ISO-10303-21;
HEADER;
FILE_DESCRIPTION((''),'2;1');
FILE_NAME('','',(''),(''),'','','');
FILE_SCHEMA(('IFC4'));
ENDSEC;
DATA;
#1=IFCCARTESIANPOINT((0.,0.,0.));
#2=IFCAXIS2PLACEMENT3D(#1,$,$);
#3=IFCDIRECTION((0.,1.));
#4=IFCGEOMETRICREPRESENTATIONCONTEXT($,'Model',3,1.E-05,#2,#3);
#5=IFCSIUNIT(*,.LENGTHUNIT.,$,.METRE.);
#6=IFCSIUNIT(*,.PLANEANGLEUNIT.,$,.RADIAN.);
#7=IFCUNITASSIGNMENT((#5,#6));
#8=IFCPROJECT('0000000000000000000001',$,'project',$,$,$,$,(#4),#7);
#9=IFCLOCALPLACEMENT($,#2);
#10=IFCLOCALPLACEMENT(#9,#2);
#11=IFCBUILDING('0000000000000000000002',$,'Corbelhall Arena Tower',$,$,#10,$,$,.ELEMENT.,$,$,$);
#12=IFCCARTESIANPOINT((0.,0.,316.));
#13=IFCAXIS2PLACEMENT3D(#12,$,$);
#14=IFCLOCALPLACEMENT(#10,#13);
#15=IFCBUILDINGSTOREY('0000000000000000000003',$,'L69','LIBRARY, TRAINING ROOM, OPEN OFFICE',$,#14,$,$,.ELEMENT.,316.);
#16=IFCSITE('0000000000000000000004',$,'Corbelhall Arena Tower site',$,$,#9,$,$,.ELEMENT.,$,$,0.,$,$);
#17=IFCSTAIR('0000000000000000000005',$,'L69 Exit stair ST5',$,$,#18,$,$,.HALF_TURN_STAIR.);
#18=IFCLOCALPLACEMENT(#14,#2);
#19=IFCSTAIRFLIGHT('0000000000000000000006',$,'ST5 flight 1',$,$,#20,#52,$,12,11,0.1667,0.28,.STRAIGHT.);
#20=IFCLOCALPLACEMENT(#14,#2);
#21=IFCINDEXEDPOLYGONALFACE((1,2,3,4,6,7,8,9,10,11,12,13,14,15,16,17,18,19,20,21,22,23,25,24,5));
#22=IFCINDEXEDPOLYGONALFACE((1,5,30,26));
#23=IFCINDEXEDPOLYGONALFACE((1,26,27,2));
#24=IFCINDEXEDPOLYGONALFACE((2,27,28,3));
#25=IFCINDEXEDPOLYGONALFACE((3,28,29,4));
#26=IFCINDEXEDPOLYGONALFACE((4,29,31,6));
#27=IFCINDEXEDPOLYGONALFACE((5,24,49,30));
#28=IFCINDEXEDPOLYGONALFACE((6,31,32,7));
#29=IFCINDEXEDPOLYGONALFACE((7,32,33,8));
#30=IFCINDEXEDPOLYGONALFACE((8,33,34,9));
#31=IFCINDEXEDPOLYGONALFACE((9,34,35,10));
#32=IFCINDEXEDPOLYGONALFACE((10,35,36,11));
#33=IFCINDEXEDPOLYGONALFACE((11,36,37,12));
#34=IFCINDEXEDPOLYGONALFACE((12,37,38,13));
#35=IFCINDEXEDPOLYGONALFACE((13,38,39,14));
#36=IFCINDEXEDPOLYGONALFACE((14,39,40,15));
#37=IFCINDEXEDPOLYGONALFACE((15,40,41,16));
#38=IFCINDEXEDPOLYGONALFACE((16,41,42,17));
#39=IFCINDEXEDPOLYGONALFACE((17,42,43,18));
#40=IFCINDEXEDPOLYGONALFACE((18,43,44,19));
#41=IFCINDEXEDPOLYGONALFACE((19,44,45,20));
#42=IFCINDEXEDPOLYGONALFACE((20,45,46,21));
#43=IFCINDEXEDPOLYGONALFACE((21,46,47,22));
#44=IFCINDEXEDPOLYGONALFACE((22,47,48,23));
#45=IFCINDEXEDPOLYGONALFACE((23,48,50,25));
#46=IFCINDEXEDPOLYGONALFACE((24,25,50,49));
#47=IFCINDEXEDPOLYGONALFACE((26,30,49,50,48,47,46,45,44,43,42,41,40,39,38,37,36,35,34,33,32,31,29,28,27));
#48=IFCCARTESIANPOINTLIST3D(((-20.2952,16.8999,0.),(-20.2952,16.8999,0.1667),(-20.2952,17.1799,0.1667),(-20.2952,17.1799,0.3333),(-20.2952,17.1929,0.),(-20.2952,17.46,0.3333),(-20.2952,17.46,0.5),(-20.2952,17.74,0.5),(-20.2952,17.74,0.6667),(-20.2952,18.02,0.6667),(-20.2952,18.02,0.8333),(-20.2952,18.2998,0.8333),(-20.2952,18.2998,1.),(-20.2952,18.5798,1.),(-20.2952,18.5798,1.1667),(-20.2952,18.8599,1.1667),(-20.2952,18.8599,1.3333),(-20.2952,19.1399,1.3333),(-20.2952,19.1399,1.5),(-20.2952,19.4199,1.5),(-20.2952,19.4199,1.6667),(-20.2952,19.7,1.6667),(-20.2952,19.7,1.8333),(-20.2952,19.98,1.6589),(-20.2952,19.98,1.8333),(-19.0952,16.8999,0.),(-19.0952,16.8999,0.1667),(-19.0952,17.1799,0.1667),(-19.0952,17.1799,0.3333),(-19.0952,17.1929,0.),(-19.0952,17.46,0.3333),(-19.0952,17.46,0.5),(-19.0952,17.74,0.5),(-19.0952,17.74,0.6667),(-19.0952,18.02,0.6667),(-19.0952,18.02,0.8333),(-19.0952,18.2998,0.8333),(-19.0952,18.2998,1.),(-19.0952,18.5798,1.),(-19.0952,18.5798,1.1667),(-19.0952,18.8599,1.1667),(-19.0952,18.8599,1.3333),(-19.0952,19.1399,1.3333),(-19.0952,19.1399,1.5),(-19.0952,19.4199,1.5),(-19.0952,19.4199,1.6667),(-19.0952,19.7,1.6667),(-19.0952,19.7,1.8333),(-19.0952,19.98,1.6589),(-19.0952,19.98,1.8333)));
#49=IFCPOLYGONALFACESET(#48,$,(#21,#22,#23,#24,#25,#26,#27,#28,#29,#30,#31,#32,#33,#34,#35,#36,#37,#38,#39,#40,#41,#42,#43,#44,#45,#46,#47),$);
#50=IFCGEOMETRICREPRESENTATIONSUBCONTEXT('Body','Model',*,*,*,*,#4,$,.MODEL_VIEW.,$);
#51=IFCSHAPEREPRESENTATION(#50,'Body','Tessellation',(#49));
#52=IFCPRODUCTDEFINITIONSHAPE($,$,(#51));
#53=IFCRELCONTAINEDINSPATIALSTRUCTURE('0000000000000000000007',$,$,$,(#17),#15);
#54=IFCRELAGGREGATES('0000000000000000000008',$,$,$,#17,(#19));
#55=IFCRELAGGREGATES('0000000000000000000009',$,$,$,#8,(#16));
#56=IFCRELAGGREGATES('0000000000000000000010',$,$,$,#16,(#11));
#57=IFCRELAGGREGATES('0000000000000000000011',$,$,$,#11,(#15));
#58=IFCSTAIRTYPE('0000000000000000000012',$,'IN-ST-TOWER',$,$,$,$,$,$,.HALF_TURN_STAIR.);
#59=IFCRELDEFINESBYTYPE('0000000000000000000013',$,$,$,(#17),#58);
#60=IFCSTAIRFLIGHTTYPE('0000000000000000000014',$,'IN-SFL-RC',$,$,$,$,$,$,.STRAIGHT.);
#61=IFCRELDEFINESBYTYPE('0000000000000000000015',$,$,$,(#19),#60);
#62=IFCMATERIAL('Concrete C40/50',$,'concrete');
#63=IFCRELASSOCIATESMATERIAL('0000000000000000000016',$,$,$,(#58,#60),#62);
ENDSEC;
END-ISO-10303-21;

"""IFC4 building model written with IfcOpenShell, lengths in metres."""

from ifc_helpers import new_model, si_unit, direction, frame, origin, place, context, subcontext, project, spatial, polyline, outline, extrude, material, type_object, element, aggregate, save


model = new_model("IFC4")

# Units and contexts
model_context = context("Model", 3, precision=1e-05, world=origin(), true_north=direction((0.0, 1.0)))
body_context = subcontext(model_context, "Body", "Model", "MODEL_VIEW")
ifc_project = project(units=[si_unit("LENGTHUNIT", "METRE"), si_unit("PLANEANGLEUNIT", "RADIAN")], contexts=[model_context])

# Site, building, storey
site_placement = place(None, origin())
site = spatial("IfcSite", under=ifc_project, at=site_placement, Name="Corbelhall Arena Tower site", CompositionType="ELEMENT", RefElevation=0.0)
building_placement = place(site_placement, origin())
building = spatial("IfcBuilding", under=site, at=building_placement, Name="Corbelhall Arena Tower", CompositionType="ELEMENT")
storey_placement = place(building_placement, frame((0.0, 0.0, 316.0)))
storey = spatial("IfcBuildingStorey", under=building, at=storey_placement, Name="L69", Description="LIBRARY, TRAINING ROOM, OPEN OFFICE", CompositionType="ELEMENT", Elevation=316.0)

# Shared definitions
ifc_material_1 = material(Name="Concrete C40/50", Category="concrete")

# Stair, stair flight
stair_type = type_object("IfcStairType", Name="IN-ST-TOWER", PredefinedType="HALF_TURN_STAIR", material=ifc_material_1)
stair_placement = place(storey_placement, origin())
stair = element("IfcStair", 1, at=stair_placement, inside=storey, type_object=stair_type, Name="L69 Exit stair ST5", PredefinedType="HALF_TURN_STAIR")
stair_flight_type = type_object("IfcStairFlightType", Name="IN-SFL-RC", PredefinedType="STRAIGHT", material=ifc_material_1)
stair_flight_placement = place(storey_placement, frame((-19.6951, 16.8999, 0.0), z_axis=(0.0, 0.0, 1.0), x_axis=(0.0, 1.0, 0.0)))
stair_flight = element("IfcStairFlight", 2, at=stair_flight_placement, type_object=stair_flight_type, Name="ST5 flight 1", NumberOfRisers=12, NumberOfTreads=11, PredefinedType="STRAIGHT", RiserHeight=0.1667, TreadLength=0.28, context=body_context, shape_type="SweptSolid", body=[
    extrude(outline(polyline([(0.0, 0.0), (0.0, 0.1667), (0.28, 0.1667), (0.28, 0.3333), (0.5601, 0.3333), (0.5601, 0.5), (0.8401, 0.5), (0.8401, 0.6667), (1.1201, 0.6667), (1.1201, 0.8333), (1.3999, 0.8333), (1.3999, 1.0), (1.6799, 1.0), (1.6799, 1.1667), (1.96, 1.1667), (1.96, 1.3333), (2.24, 1.3333), (2.24, 1.5), (2.52, 1.5), (2.52, 1.6667), (2.8, 1.6667), (2.8, 1.8333), (3.0801, 1.8333), (3.0801, 2.0), (3.0801, 1.6589), (0.293, 0.0), (0.0, 0.0)])), frame((0.0, 0.6001, 0.0), z_axis=(0.0, -1.0, 0.0), x_axis=(1.0, 0.0, 0.0)), (0.0, 0.0, 1.0), 1.2),
])
aggregate(stair, [stair_flight])

save(model, "model.ifc")
